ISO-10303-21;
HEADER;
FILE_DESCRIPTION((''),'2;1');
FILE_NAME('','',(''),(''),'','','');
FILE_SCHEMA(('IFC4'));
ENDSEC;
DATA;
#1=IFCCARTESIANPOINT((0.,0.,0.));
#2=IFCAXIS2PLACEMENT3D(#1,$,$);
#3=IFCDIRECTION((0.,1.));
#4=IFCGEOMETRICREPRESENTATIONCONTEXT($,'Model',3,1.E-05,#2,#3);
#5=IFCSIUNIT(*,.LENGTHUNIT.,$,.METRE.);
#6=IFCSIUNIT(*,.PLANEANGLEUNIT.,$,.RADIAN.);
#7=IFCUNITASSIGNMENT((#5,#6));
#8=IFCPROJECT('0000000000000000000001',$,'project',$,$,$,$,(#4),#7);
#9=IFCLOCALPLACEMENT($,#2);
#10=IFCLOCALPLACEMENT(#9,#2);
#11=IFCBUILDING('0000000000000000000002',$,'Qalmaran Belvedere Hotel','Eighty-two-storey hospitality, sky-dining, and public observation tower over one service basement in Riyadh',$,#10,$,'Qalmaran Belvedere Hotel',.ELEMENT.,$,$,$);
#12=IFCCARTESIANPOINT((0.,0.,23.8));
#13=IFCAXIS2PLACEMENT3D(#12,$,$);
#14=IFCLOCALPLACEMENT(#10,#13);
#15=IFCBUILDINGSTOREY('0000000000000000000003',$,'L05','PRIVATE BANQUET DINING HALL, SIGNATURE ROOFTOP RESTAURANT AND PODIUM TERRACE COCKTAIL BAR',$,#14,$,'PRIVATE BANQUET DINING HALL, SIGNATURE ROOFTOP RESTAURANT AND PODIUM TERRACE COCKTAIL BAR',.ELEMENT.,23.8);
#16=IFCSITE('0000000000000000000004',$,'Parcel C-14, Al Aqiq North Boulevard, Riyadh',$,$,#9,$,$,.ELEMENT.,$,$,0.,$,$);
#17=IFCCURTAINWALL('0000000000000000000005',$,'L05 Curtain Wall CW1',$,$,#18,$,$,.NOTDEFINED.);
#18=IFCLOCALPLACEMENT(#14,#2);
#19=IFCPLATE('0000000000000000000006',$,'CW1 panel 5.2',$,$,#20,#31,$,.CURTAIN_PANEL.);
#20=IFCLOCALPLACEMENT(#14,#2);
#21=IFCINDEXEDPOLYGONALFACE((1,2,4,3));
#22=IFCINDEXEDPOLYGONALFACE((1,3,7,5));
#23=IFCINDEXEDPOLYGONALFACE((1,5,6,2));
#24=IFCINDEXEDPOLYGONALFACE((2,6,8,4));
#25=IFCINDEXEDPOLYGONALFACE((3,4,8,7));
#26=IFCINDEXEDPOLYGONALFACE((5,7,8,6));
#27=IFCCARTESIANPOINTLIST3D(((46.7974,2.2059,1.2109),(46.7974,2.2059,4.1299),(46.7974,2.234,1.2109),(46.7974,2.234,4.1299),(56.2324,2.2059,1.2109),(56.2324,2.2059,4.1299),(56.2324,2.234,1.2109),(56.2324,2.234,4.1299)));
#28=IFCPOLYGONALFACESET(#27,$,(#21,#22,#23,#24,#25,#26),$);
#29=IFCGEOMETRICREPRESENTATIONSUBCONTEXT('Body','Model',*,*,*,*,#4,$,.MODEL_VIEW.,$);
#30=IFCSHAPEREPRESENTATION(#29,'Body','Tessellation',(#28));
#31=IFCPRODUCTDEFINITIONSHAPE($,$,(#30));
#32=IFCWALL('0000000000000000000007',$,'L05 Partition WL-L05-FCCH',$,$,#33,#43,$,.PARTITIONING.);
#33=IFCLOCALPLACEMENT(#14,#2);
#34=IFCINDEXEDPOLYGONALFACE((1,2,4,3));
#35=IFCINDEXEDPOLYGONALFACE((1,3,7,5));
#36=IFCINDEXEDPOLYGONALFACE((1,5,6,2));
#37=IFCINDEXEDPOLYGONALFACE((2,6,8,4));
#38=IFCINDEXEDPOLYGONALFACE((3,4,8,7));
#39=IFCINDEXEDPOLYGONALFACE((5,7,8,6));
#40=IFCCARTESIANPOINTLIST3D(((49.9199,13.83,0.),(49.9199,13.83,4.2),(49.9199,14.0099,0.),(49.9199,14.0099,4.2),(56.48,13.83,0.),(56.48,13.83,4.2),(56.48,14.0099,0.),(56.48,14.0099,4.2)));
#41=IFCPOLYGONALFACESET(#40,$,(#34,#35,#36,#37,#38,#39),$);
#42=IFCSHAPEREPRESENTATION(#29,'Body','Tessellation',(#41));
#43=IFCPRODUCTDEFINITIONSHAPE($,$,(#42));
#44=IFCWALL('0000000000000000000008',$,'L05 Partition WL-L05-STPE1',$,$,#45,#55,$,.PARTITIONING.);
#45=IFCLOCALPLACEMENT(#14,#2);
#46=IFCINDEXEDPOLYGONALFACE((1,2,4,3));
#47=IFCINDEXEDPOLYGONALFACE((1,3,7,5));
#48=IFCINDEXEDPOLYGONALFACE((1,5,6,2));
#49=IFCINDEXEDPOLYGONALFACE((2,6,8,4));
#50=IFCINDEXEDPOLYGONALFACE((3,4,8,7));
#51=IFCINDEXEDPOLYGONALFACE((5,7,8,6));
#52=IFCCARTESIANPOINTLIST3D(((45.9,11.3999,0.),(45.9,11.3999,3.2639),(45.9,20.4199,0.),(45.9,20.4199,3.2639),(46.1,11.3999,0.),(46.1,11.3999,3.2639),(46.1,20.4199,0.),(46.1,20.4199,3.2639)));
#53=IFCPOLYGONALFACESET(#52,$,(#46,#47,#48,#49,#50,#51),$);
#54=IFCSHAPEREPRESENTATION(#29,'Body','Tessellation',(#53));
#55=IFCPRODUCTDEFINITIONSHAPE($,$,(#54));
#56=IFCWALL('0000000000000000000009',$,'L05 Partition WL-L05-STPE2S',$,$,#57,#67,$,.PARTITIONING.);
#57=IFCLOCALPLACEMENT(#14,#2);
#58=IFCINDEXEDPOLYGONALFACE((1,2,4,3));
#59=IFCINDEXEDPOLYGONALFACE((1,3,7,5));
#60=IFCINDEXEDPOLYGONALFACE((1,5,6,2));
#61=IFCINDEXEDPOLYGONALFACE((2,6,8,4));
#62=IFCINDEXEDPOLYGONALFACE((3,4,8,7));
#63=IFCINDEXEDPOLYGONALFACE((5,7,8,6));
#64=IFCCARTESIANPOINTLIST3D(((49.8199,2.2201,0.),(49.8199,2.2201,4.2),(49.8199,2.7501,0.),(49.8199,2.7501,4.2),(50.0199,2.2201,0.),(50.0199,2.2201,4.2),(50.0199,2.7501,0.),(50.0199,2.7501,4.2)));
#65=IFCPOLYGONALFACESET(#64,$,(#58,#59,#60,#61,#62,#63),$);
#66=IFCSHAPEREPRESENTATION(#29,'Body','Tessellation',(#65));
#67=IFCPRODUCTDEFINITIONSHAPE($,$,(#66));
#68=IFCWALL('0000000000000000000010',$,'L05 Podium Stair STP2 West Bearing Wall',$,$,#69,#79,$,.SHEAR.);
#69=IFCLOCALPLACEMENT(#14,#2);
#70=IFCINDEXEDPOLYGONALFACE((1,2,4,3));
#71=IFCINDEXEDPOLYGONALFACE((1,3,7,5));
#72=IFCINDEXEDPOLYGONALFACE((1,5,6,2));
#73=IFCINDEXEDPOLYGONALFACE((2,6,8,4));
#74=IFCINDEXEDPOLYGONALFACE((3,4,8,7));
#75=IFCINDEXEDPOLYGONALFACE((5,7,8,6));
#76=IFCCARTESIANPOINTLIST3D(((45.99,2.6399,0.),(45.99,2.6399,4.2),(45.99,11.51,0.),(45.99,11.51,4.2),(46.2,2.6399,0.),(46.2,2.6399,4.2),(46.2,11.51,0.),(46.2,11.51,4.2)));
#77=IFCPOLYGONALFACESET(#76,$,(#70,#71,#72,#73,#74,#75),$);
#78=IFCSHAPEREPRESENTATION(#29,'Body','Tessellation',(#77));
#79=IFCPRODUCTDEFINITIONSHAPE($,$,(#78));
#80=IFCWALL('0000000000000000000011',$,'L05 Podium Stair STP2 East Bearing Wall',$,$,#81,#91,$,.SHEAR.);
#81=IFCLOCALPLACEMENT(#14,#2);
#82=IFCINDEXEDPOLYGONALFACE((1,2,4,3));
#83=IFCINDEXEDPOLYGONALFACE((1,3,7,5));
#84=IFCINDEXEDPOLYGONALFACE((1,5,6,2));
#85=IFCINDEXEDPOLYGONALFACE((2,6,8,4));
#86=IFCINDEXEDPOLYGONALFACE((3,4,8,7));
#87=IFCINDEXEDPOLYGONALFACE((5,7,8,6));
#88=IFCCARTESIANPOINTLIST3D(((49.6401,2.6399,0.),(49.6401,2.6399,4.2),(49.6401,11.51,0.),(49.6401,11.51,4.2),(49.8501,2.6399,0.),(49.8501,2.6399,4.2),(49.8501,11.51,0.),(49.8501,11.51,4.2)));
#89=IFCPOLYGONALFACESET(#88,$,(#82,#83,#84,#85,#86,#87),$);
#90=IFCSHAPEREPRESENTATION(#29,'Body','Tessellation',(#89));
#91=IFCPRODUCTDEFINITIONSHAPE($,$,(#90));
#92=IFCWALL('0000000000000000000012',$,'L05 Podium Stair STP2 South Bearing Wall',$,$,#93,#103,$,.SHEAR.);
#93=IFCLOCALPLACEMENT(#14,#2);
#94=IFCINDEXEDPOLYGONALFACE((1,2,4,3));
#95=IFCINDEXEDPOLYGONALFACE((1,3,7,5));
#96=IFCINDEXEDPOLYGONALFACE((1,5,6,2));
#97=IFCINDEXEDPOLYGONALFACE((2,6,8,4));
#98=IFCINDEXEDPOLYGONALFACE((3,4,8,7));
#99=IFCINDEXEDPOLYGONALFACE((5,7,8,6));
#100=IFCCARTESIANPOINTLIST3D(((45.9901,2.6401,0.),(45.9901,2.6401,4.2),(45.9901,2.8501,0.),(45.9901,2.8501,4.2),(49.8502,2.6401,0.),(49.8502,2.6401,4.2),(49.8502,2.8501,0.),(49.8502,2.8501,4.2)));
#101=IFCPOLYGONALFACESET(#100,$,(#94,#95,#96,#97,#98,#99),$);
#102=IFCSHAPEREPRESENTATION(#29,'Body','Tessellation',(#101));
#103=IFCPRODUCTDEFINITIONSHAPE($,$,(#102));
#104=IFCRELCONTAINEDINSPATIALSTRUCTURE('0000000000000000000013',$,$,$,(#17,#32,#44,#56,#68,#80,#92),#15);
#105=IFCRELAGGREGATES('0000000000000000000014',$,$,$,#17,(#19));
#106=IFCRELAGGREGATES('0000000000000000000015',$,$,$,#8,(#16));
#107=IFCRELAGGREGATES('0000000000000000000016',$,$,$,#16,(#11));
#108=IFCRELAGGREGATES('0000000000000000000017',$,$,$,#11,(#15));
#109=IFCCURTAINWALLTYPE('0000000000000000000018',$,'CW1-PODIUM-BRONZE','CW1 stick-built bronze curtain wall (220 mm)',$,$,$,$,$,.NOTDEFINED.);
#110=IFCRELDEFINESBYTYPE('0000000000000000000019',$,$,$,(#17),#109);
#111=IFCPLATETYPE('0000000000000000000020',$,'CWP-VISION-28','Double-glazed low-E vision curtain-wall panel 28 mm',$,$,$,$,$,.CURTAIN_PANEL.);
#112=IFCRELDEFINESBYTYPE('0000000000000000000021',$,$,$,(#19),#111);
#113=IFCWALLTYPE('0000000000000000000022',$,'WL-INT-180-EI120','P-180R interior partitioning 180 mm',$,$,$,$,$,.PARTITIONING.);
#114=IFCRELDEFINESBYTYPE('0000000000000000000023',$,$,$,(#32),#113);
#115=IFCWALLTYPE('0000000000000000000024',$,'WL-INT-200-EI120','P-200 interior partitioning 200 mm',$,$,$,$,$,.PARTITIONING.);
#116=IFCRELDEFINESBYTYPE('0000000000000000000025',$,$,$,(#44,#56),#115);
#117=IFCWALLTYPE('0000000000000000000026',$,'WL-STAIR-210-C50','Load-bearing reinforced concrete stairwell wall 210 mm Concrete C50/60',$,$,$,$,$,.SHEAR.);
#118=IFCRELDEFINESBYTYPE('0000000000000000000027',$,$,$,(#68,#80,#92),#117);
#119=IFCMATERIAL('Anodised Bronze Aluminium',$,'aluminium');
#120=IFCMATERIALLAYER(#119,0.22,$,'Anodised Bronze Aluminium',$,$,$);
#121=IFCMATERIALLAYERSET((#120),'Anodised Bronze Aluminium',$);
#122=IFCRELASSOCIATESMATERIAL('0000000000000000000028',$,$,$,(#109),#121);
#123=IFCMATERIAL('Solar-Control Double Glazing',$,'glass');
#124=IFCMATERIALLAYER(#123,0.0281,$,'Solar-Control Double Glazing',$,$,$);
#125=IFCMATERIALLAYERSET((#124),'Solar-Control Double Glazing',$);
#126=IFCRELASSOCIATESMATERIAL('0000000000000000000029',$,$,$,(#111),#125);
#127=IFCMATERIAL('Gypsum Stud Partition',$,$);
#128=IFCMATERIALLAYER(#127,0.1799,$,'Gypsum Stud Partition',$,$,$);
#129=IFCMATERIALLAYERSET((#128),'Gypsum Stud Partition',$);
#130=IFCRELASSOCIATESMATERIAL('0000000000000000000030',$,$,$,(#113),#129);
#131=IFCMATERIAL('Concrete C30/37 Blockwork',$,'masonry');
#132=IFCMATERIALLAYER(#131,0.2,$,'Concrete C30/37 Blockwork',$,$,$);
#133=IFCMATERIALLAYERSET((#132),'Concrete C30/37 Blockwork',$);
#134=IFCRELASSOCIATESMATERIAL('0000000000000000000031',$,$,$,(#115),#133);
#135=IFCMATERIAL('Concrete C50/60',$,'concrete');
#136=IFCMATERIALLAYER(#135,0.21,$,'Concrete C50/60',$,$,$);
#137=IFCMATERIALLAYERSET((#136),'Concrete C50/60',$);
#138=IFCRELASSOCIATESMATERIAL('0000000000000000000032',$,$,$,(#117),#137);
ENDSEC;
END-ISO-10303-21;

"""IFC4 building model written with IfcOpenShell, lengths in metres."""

from ifc_helpers import new_model, si_unit, direction, frame, frame_2d, origin, origin_2d, place, context, subcontext, project, spatial, rectangle, extrude, material, layer, layer_set, type_object, element, aggregate, save


model = new_model("IFC4")

# Units and contexts
model_context = context("Model", 3, precision=1e-05, world=origin(), true_north=direction((0.0, 1.0)))
body_context = subcontext(model_context, "Body", "Model", "MODEL_VIEW")
ifc_project = project(units=[si_unit("LENGTHUNIT", "METRE"), si_unit("PLANEANGLEUNIT", "RADIAN")], contexts=[model_context])

# Site, building, storey
site_placement = place(None, origin())
site = spatial("IfcSite", under=ifc_project, at=site_placement, Name="Parcel C-14, Al Aqiq North Boulevard, Riyadh", CompositionType="ELEMENT", RefElevation=0.0)
building_placement = place(site_placement, origin())
building = spatial("IfcBuilding", under=site, at=building_placement, Name="Qalmaran Belvedere Hotel", Description="Eighty-two-storey hospitality, sky-dining, and public observation tower over one service basement in Riyadh", LongName="Qalmaran Belvedere Hotel", CompositionType="ELEMENT")
storey_placement = place(building_placement, frame((0.0, 0.0, 23.8)))
storey = spatial("IfcBuildingStorey", under=building, at=storey_placement, Name="L05", Description="PRIVATE BANQUET DINING HALL, SIGNATURE ROOFTOP RESTAURANT AND PODIUM TERRACE COCKTAIL BAR", LongName="PRIVATE BANQUET DINING HALL, SIGNATURE ROOFTOP RESTAURANT AND PODIUM TERRACE COCKTAIL BAR", CompositionType="ELEMENT", Elevation=23.8)

# Curtain wall, plate
ifc_material_1 = material(Name="Anodised Bronze Aluminium", Category="aluminium")
ifc_layer_1 = layer(ifc_material_1, 0.22, Name="Anodised Bronze Aluminium")
ifc_layer_set_1 = layer_set([ifc_layer_1], Name="Anodised Bronze Aluminium")
curtain_wall_type = type_object("IfcCurtainWallType", Name="CW1-PODIUM-BRONZE", Description="CW1 stick-built bronze curtain wall (220 mm)", PredefinedType="NOTDEFINED", material=ifc_layer_set_1)
curtain_wall_placement = place(storey_placement, origin())
curtain_wall = element("IfcCurtainWall", 1, at=curtain_wall_placement, inside=storey, type_object=curtain_wall_type, Name="L05 Curtain Wall CW1", PredefinedType="NOTDEFINED")
ifc_material_2 = material(Name="Solar-Control Double Glazing", Category="glass")
ifc_layer_2 = layer(ifc_material_2, 0.0281, Name="Solar-Control Double Glazing")
ifc_layer_set_2 = layer_set([ifc_layer_2], Name="Solar-Control Double Glazing")
plate_type_1 = type_object("IfcPlateType", Name="CWP-VISION-28", Description="Double-glazed low-E vision curtain-wall panel 28 mm", PredefinedType="CURTAIN_PANEL", material=ifc_layer_set_2)
plate_1_placement = place(storey_placement, frame((51.5149, 2.22, 1.2109), z_axis=(0.0, 0.0, 1.0), x_axis=(1.0, 0.0, 0.0)))
plate_1 = element("IfcPlate", 2, at=plate_1_placement, type_object=plate_type_1, Name="CW1 panel 5.2", PredefinedType="CURTAIN_PANEL", context=body_context, shape_type="SweptSolid", body=[
    extrude(rectangle(XDim=9.4351, YDim=0.0281, at=origin_2d()), origin(), (0.0, 0.0, 1.0), 2.9189),
])
aggregate(curtain_wall, [plate_1])

# Walls
ifc_material_3 = material(Name="Gypsum Stud Partition")
ifc_layer_3 = layer(ifc_material_3, 0.1799, Name="Gypsum Stud Partition")
ifc_layer_set_3 = layer_set([ifc_layer_3], Name="Gypsum Stud Partition")
wall_type_1 = type_object("IfcWallType", Name="WL-INT-180-EI120", Description="P-180R interior partitioning 180 mm", PredefinedType="PARTITIONING", material=ifc_layer_set_3)
wall_1_placement = place(storey_placement, frame((49.9199, 13.9199, 0.0), z_axis=(0.0, 0.0, 1.0), x_axis=(1.0, 0.0, 0.0)))
element("IfcWall", 3, at=wall_1_placement, inside=storey, type_object=wall_type_1, Name="L05 Partition WL-L05-FCCH", PredefinedType="PARTITIONING", context=body_context, shape_type="SweptSolid", body=[
    extrude(rectangle(XDim=6.5601, YDim=0.1799, at=frame_2d((3.28, 0.0))), origin(), (0.0, 0.0, 1.0), 4.2),
])
ifc_material_4 = material(Name="Concrete C30/37 Blockwork", Category="masonry")
ifc_layer_4 = layer(ifc_material_4, 0.2, Name="Concrete C30/37 Blockwork")
ifc_layer_set_4 = layer_set([ifc_layer_4], Name="Concrete C30/37 Blockwork")
wall_type_2 = type_object("IfcWallType", Name="WL-INT-200-EI120", Description="P-200 interior partitioning 200 mm", PredefinedType="PARTITIONING", material=ifc_layer_set_4)
wall_2_placement = place(storey_placement, frame((46.0, 11.3999, 0.0), z_axis=(0.0, 0.0, 1.0), x_axis=(0.0, 1.0, 0.0)))
element("IfcWall", 4, at=wall_2_placement, inside=storey, type_object=wall_type_2, Name="L05 Partition WL-L05-STPE1", PredefinedType="PARTITIONING", context=body_context, shape_type="SweptSolid", body=[
    extrude(rectangle(XDim=9.02, YDim=0.2, at=frame_2d((4.51, 0.0))), origin(), (0.0, 0.0, 1.0), 3.2639),
])

# Walls
wall_3_placement = place(storey_placement, frame((49.9199, 2.22, 0.0), z_axis=(0.0, 0.0, 1.0), x_axis=(0.0, 1.0, 0.0)))
element("IfcWall", 5, at=wall_3_placement, inside=storey, type_object=wall_type_2, Name="L05 Partition WL-L05-STPE2S", PredefinedType="PARTITIONING", context=body_context, shape_type="SweptSolid", body=[
    extrude(rectangle(XDim=0.53, YDim=0.2, at=frame_2d((0.2651, 0.0))), origin(), (0.0, 0.0, 1.0), 4.2),
])
ifc_material_5 = material(Name="Concrete C50/60", Category="concrete")
ifc_layer_5 = layer(ifc_material_5, 0.21, Name="Concrete C50/60")
ifc_layer_set_5 = layer_set([ifc_layer_5], Name="Concrete C50/60")
wall_type_3 = type_object("IfcWallType", Name="WL-STAIR-210-C50", Description="Load-bearing reinforced concrete stairwell wall 210 mm Concrete C50/60", PredefinedType="SHEAR", material=ifc_layer_set_5)
for number, where, z_axis, x_axis, name in (
    (6, (46.095, 2.6399, 0.0), (0.0, 0.0, 1.0), (0.0, 1.0, 0.0), "L05 Podium Stair STP2 West Bearing Wall"),
    (7, (49.7451, 2.6399, 0.0), (0.0, 0.0, 1.0), (0.0, 1.0, 0.0), "L05 Podium Stair STP2 East Bearing Wall"),
):
    element("IfcWall", number, at=place(storey_placement, frame(where, z_axis=z_axis, x_axis=x_axis)), inside=storey, type_object=wall_type_3, Name=name, PredefinedType="SHEAR", context=body_context, shape_type="SweptSolid", body=[
        extrude(rectangle(XDim=8.8701, YDim=0.21, at=frame_2d((4.4351, 0.0))), origin(), (0.0, 0.0, 1.0), 4.2),
    ])
wall_4_placement = place(storey_placement, frame((45.99, 2.7451, 0.0), z_axis=(0.0, 0.0, 1.0), x_axis=(1.0, 0.0, 0.0)))
element("IfcWall", 8, at=wall_4_placement, inside=storey, type_object=wall_type_3, Name="L05 Podium Stair STP2 South Bearing Wall", PredefinedType="SHEAR", context=body_context, shape_type="SweptSolid", body=[
    extrude(rectangle(XDim=3.8601, YDim=0.21, at=frame_2d((1.9302, 0.0))), origin(), (0.0, 0.0, 1.0), 4.2),
])

save(model, "model.ifc")
